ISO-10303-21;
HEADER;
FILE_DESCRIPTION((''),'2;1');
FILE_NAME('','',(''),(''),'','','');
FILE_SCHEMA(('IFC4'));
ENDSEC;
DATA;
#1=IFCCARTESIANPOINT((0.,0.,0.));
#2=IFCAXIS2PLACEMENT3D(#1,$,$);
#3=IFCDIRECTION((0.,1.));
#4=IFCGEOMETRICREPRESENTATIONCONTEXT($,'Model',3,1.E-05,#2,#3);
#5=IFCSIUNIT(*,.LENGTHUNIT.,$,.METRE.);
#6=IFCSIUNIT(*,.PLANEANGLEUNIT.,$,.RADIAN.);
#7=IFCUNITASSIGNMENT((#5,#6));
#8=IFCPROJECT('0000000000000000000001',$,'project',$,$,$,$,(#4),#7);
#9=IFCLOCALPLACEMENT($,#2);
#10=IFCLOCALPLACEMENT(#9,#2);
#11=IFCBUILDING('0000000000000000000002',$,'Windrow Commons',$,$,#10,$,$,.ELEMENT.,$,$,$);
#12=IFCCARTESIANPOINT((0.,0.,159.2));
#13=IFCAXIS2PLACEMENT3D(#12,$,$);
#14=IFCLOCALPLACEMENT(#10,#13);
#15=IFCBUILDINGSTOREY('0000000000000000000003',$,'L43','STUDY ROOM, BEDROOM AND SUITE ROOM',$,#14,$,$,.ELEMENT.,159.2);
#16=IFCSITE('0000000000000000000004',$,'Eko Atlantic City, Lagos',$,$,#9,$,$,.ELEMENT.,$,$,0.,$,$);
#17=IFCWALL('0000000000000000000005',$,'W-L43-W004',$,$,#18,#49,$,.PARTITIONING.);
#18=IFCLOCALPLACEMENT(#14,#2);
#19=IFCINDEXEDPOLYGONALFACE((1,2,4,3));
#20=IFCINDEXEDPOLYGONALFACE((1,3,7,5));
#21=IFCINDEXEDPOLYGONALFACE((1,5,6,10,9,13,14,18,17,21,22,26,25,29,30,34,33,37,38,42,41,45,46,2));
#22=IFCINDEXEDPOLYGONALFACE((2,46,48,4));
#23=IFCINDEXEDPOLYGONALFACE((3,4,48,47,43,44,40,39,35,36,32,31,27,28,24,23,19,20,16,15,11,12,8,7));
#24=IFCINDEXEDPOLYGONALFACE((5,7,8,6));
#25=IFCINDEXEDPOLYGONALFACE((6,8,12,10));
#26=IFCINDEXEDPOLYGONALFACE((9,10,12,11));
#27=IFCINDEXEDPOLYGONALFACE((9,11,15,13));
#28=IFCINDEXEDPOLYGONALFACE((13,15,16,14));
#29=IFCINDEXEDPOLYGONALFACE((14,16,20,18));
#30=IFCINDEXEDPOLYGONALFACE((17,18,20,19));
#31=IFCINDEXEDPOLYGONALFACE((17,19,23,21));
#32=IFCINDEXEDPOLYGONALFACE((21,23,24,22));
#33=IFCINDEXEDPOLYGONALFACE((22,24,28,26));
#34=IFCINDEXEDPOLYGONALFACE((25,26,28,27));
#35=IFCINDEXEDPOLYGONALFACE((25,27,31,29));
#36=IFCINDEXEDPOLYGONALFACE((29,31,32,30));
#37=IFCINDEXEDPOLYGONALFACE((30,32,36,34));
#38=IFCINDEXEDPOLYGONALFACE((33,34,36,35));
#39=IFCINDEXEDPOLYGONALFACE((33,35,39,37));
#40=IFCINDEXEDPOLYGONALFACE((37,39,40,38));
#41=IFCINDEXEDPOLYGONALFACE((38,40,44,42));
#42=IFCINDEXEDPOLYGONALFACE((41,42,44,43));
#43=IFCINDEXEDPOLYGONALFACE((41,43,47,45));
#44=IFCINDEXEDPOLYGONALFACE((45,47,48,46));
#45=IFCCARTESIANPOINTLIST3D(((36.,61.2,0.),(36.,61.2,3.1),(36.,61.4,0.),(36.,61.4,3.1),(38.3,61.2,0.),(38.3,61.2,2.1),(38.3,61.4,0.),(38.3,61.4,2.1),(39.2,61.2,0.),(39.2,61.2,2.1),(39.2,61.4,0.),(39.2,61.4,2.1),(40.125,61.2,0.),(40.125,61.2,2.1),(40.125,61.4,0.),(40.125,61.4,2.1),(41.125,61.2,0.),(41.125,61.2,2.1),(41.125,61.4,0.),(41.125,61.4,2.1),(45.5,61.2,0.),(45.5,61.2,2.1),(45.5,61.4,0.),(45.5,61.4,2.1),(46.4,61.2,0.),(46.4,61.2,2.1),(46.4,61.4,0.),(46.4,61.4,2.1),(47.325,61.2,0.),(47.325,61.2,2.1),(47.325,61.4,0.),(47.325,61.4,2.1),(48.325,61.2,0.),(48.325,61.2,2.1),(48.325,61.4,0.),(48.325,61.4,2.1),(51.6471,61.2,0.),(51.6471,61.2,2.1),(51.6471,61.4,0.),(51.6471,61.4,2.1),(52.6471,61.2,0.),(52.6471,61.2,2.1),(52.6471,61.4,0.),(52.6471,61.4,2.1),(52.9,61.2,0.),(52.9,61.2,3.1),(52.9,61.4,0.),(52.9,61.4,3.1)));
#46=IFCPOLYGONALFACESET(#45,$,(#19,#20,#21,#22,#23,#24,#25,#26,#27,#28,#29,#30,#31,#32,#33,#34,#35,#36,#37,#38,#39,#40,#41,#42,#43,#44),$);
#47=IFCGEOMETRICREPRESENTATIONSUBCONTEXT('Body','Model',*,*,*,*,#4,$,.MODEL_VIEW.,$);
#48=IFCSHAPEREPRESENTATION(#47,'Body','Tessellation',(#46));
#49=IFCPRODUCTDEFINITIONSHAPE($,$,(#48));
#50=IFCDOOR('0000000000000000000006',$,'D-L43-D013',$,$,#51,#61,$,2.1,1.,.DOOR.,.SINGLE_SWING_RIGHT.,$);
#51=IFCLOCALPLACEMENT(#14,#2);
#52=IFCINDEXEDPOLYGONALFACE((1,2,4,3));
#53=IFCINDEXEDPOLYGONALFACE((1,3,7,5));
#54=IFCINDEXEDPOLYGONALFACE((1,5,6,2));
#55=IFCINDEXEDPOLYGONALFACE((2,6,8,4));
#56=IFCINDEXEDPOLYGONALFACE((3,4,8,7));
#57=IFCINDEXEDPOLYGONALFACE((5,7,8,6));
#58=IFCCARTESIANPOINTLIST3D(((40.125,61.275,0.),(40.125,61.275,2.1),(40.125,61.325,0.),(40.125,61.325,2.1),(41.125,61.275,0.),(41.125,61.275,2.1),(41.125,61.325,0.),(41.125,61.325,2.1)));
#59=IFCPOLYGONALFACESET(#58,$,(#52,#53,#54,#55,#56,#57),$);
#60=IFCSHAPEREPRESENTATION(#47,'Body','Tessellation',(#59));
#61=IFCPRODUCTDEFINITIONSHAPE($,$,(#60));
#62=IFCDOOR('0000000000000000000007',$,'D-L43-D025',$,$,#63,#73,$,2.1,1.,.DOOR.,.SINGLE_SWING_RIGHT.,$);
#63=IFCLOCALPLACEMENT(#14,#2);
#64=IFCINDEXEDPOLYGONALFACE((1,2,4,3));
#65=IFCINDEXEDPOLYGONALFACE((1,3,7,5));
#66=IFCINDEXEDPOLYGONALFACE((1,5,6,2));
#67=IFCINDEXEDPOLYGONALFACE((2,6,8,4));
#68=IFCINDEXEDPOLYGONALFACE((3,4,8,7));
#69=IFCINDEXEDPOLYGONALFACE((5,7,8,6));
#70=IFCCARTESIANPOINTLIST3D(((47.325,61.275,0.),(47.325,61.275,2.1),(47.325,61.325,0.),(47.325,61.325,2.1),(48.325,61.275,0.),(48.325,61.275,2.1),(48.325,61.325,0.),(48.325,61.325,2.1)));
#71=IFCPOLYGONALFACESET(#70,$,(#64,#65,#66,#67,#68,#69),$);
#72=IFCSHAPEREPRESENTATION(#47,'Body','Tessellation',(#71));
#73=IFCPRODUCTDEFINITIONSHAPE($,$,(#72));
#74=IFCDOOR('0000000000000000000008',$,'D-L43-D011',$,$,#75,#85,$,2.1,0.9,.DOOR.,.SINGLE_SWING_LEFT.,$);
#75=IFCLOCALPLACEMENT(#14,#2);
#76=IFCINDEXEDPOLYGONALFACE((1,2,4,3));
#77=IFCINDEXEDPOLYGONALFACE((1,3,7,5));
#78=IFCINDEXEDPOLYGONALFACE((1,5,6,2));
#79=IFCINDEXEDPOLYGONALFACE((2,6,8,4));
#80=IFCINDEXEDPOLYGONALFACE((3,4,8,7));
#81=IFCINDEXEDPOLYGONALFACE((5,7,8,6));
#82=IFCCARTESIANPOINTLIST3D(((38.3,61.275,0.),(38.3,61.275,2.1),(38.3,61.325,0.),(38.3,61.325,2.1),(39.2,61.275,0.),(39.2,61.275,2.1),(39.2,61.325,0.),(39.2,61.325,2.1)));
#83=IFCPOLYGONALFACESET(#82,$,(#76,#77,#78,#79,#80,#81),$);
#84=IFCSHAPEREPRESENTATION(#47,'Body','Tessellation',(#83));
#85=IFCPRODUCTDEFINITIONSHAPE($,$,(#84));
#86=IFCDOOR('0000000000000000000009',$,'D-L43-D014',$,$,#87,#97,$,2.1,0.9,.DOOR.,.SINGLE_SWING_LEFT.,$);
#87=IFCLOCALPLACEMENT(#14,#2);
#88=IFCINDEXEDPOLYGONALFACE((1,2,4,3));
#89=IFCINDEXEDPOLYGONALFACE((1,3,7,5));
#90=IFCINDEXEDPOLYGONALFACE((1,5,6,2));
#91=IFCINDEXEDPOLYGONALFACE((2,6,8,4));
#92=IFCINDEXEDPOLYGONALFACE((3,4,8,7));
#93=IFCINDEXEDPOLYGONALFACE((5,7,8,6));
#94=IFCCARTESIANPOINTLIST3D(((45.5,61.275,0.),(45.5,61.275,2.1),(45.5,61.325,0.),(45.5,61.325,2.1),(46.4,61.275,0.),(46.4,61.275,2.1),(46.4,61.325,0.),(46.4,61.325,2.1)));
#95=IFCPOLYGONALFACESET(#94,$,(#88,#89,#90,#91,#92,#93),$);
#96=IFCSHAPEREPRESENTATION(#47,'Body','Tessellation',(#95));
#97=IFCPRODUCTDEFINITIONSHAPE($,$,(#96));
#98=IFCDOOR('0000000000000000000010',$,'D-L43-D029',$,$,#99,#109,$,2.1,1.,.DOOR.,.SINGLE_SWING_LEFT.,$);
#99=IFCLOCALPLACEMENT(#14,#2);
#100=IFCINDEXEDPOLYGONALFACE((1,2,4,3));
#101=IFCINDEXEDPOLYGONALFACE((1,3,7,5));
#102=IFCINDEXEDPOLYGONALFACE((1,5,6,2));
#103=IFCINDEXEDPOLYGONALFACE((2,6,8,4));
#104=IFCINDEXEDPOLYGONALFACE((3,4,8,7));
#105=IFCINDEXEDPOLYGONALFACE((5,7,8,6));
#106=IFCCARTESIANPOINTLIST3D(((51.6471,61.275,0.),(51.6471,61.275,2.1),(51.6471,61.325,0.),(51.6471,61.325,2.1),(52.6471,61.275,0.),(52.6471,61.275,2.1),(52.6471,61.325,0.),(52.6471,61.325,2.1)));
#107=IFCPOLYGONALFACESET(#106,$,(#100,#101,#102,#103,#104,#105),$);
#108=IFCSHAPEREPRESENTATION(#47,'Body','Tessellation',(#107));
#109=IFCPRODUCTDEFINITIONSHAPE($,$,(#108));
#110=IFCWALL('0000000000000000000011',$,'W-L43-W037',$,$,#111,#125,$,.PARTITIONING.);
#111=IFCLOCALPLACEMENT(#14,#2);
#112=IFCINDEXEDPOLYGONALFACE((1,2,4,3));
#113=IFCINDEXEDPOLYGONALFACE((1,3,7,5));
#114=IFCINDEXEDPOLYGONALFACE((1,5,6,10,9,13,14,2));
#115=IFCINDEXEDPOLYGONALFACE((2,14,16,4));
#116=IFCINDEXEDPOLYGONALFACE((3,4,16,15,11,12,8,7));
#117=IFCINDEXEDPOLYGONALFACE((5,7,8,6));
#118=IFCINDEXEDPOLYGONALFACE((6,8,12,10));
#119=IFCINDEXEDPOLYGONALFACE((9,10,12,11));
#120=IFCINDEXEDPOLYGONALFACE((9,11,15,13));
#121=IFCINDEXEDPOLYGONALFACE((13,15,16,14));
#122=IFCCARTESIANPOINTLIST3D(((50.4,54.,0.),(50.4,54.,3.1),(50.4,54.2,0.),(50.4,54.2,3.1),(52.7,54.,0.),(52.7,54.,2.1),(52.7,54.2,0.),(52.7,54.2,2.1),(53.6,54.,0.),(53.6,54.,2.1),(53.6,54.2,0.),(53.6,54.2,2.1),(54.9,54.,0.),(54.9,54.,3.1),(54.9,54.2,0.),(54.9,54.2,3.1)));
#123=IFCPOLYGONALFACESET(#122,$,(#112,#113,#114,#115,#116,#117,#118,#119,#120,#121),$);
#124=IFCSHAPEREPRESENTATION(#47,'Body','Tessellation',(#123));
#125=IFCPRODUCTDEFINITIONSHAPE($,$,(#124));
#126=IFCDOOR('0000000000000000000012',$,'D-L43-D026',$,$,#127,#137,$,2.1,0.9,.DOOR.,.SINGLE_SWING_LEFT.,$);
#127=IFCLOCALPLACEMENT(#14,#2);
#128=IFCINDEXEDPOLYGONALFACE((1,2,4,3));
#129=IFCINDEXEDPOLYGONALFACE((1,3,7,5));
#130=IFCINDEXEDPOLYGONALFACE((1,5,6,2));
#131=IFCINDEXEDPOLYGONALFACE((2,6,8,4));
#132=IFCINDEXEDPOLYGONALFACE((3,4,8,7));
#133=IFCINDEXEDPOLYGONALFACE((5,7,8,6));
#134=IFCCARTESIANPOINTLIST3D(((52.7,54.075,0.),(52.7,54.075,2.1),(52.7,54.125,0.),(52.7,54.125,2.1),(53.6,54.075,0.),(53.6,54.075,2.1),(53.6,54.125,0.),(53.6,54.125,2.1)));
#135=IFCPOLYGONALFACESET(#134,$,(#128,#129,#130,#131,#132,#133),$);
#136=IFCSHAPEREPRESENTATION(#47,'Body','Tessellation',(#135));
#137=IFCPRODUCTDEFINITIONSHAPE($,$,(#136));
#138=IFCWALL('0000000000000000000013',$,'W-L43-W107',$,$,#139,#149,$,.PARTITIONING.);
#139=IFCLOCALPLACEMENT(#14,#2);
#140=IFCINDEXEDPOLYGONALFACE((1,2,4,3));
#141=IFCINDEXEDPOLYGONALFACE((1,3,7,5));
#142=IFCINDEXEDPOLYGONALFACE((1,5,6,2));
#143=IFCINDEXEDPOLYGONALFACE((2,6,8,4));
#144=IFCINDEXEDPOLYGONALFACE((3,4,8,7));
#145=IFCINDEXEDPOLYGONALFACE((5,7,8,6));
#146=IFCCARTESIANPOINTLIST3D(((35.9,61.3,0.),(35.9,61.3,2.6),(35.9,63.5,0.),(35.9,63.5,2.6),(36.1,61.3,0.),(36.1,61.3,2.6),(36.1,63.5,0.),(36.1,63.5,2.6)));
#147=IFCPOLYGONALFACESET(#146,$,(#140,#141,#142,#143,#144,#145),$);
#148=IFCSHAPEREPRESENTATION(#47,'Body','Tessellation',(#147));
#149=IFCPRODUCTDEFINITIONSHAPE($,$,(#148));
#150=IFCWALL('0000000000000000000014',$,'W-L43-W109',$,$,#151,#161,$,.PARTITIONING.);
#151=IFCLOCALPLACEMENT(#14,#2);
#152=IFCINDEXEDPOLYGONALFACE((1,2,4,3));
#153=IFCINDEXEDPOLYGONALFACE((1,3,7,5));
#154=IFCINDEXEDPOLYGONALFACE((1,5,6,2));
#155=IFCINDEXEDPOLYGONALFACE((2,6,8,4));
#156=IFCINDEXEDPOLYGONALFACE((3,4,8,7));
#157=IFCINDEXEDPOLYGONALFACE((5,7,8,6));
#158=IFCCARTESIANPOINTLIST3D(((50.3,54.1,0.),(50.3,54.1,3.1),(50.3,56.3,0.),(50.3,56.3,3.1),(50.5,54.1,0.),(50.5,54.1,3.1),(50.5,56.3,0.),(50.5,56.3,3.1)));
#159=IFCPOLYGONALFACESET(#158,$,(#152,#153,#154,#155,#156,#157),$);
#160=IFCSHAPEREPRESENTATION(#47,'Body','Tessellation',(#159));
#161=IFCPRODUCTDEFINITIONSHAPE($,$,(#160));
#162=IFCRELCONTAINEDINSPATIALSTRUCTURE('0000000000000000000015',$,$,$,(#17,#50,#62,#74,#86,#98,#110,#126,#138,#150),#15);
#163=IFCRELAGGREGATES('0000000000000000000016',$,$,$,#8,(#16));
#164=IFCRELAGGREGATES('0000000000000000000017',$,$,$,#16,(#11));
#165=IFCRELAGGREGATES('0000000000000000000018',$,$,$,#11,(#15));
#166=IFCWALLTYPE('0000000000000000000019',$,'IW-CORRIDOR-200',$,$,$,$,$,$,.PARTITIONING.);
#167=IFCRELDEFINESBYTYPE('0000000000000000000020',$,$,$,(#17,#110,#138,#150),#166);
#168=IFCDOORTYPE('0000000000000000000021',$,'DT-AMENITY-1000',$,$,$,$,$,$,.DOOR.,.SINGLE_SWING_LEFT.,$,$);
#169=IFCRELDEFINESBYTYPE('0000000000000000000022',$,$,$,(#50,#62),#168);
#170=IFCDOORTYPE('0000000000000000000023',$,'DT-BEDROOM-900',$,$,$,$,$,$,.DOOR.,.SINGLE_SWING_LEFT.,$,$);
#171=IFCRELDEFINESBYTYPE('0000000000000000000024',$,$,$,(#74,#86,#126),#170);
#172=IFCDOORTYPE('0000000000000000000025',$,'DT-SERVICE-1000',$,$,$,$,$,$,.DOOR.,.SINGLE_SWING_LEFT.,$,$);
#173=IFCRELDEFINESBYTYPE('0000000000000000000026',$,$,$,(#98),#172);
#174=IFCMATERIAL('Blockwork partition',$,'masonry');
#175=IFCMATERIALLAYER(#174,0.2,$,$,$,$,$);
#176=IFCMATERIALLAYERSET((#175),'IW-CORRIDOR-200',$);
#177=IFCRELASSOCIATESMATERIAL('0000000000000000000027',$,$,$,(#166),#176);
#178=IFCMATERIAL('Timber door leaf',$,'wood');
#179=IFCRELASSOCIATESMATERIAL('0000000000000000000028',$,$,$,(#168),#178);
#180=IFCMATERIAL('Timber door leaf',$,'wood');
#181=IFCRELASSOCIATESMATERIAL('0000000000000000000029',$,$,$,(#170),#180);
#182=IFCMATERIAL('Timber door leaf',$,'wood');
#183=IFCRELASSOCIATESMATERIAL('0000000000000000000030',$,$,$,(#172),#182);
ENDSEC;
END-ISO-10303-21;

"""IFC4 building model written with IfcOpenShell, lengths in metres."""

from ifc_helpers import new_model, si_unit, direction, frame, frame_2d, origin, place, context, subcontext, project, spatial, rectangle, extrude, material, layer, layer_set, type_object, element, fill, save


model = new_model("IFC4")

# Units and contexts
model_context = context("Model", 3, precision=1e-05, world=origin(), true_north=direction((0.0, 1.0)))
body_context = subcontext(model_context, "Body", "Model", "MODEL_VIEW")
ifc_project = project(units=[si_unit("LENGTHUNIT", "METRE"), si_unit("PLANEANGLEUNIT", "RADIAN")], contexts=[model_context])

# Site, building, storey
site_placement = place(None, origin())
site = spatial("IfcSite", under=ifc_project, at=site_placement, Name="Eko Atlantic City, Lagos", CompositionType="ELEMENT", RefElevation=0.0)
building_placement = place(site_placement, origin())
building = spatial("IfcBuilding", under=site, at=building_placement, Name="Windrow Commons", CompositionType="ELEMENT")
storey_placement = place(building_placement, frame((0.0, 0.0, 159.2)))
storey = spatial("IfcBuildingStorey", under=building, at=storey_placement, Name="L43", Description="STUDY ROOM, BEDROOM AND SUITE ROOM", CompositionType="ELEMENT", Elevation=159.2)

# Wall, openings, doors
ifc_material_1 = material(Name="Blockwork partition", Category="masonry")
ifc_layer_1 = layer(ifc_material_1, 0.2)
ifc_layer_set_1 = layer_set([ifc_layer_1], Name="IW-CORRIDOR-200")
wall_type_1 = type_object("IfcWallType", Name="IW-CORRIDOR-200", PredefinedType="PARTITIONING", material=ifc_layer_set_1)
wall_1_placement = place(storey_placement, frame((36.0, 61.3, 0.0), z_axis=(0.0, 0.0, 1.0), x_axis=(1.0, 0.0, 0.0)))
wall_1 = element("IfcWall", 1, at=wall_1_placement, inside=storey, type_object=wall_type_1, Name="W-L43-W004", PredefinedType="PARTITIONING", context=body_context, shape_type="SweptSolid", body=[
    extrude(rectangle(XDim=16.9, YDim=0.2, at=frame_2d((8.45, 0.0))), origin(), (0.0, 0.0, 1.0), 3.1),
])
opening_1_placement = place(wall_1_placement, frame((2.3, 0.0, 0.0)))
opening_1 = element("IfcOpeningElement", 2, at=opening_1_placement, cuts=wall_1, PredefinedType="OPENING", context=body_context, shape_type="SweptSolid", body=[
    extrude(rectangle(XDim=0.9, YDim=2.1, at=frame_2d((0.45, 1.05))), frame((0.0, 0.11, 0.0), z_axis=(0.0, -1.0, 0.0), x_axis=(1.0, 0.0, 0.0)), (0.0, 0.0, 1.0), 0.22),
])
opening_2_placement = place(wall_1_placement, frame((4.125, 0.0, 0.0)))
opening_2 = element("IfcOpeningElement", 3, at=opening_2_placement, cuts=wall_1, PredefinedType="OPENING", context=body_context, shape_type="SweptSolid", body=[
    extrude(rectangle(XDim=1.0, YDim=2.1, at=frame_2d((0.5, 1.05))), frame((0.0, 0.11, 0.0), z_axis=(0.0, -1.0, 0.0), x_axis=(1.0, 0.0, 0.0)), (0.0, 0.0, 1.0), 0.22),
])
opening_3_placement = place(wall_1_placement, frame((9.5, 0.0, 0.0)))
opening_3 = element("IfcOpeningElement", 4, at=opening_3_placement, cuts=wall_1, PredefinedType="OPENING", context=body_context, shape_type="SweptSolid", body=[
    extrude(rectangle(XDim=0.9, YDim=2.1, at=frame_2d((0.45, 1.05))), frame((0.0, 0.11, 0.0), z_axis=(0.0, -1.0, 0.0), x_axis=(1.0, 0.0, 0.0)), (0.0, 0.0, 1.0), 0.22),
])
opening_4_placement = place(wall_1_placement, frame((11.325, 0.0, 0.0)))
opening_4 = element("IfcOpeningElement", 5, at=opening_4_placement, cuts=wall_1, PredefinedType="OPENING", context=body_context, shape_type="SweptSolid", body=[
    extrude(rectangle(XDim=1.0, YDim=2.1, at=frame_2d((0.5, 1.05))), frame((0.0, 0.11, 0.0), z_axis=(0.0, -1.0, 0.0), x_axis=(1.0, 0.0, 0.0)), (0.0, 0.0, 1.0), 0.22),
])
opening_5_placement = place(wall_1_placement, frame((15.6471, 0.0, 0.0)))
opening_5 = element("IfcOpeningElement", 6, at=opening_5_placement, cuts=wall_1, PredefinedType="OPENING", context=body_context, shape_type="SweptSolid", body=[
    extrude(rectangle(XDim=1.0, YDim=2.1, at=frame_2d((0.5, 1.05))), frame((0.0, 0.11, 0.0), z_axis=(0.0, -1.0, 0.0), x_axis=(1.0, 0.0, 0.0)), (0.0, 0.0, 1.0), 0.22),
])
ifc_material_2 = material(Name="Timber door leaf", Category="wood")
door_type_1 = type_object("IfcDoorType", Name="DT-AMENITY-1000", OperationType="SINGLE_SWING_LEFT", PredefinedType="DOOR", material=ifc_material_2)
door_1_placement = place(opening_2_placement, origin())
door_1 = element("IfcDoor", 7, at=door_1_placement, inside=storey, type_object=door_type_1, Name="D-L43-D013", OperationType="SINGLE_SWING_RIGHT", OverallHeight=2.1, OverallWidth=1.0, PredefinedType="DOOR", context=body_context, shape_type="SweptSolid", body=[
    extrude(rectangle(XDim=1.0, YDim=2.1, at=frame_2d((0.5, 1.05))), frame((0.0, 0.025, 0.0), z_axis=(0.0, -1.0, 0.0), x_axis=(1.0, 0.0, 0.0)), (0.0, 0.0, 1.0), 0.05),
])
fill(opening_2, door_1)
door_2_placement = place(opening_4_placement, origin())
door_2 = element("IfcDoor", 8, at=door_2_placement, inside=storey, type_object=door_type_1, Name="D-L43-D025", OperationType="SINGLE_SWING_RIGHT", OverallHeight=2.1, OverallWidth=1.0, PredefinedType="DOOR", context=body_context, shape_type="SweptSolid", body=[
    extrude(rectangle(XDim=1.0, YDim=2.1, at=frame_2d((0.5, 1.05))), frame((0.0, 0.025, 0.0), z_axis=(0.0, -1.0, 0.0), x_axis=(1.0, 0.0, 0.0)), (0.0, 0.0, 1.0), 0.05),
])
fill(opening_4, door_2)
ifc_material_3 = material(Name="Timber door leaf", Category="wood")
door_type_2 = type_object("IfcDoorType", Name="DT-BEDROOM-900", OperationType="SINGLE_SWING_LEFT", PredefinedType="DOOR", material=ifc_material_3)
door_3_placement = place(opening_1_placement, origin())
door_3 = element("IfcDoor", 9, at=door_3_placement, inside=storey, type_object=door_type_2, Name="D-L43-D011", OperationType="SINGLE_SWING_LEFT", OverallHeight=2.1, OverallWidth=0.9, PredefinedType="DOOR", context=body_context, shape_type="SweptSolid", body=[
    extrude(rectangle(XDim=0.9, YDim=2.1, at=frame_2d((0.45, 1.05))), frame((0.0, 0.025, 0.0), z_axis=(0.0, -1.0, 0.0), x_axis=(1.0, 0.0, 0.0)), (0.0, 0.0, 1.0), 0.05),
])
fill(opening_1, door_3)
door_4_placement = place(opening_3_placement, origin())
door_4 = element("IfcDoor", 10, at=door_4_placement, inside=storey, type_object=door_type_2, Name="D-L43-D014", OperationType="SINGLE_SWING_LEFT", OverallHeight=2.1, OverallWidth=0.9, PredefinedType="DOOR", context=body_context, shape_type="SweptSolid", body=[
    extrude(rectangle(XDim=0.9, YDim=2.1, at=frame_2d((0.45, 1.05))), frame((0.0, 0.025, 0.0), z_axis=(0.0, -1.0, 0.0), x_axis=(1.0, 0.0, 0.0)), (0.0, 0.0, 1.0), 0.05),
])
fill(opening_3, door_4)
ifc_material_4 = material(Name="Timber door leaf", Category="wood")
door_type_3 = type_object("IfcDoorType", Name="DT-SERVICE-1000", OperationType="SINGLE_SWING_LEFT", PredefinedType="DOOR", material=ifc_material_4)
door_5_placement = place(opening_5_placement, origin())
door_5 = element("IfcDoor", 11, at=door_5_placement, inside=storey, type_object=door_type_3, Name="D-L43-D029", OperationType="SINGLE_SWING_LEFT", OverallHeight=2.1, OverallWidth=1.0, PredefinedType="DOOR", context=body_context, shape_type="SweptSolid", body=[
    extrude(rectangle(XDim=1.0, YDim=2.1, at=frame_2d((0.5, 1.05))), frame((0.0, 0.025, 0.0), z_axis=(0.0, -1.0, 0.0), x_axis=(1.0, 0.0, 0.0)), (0.0, 0.0, 1.0), 0.05),
])
fill(opening_5, door_5)

# Wall, opening, door
wall_2_placement = place(storey_placement, frame((50.4, 54.1, 0.0), z_axis=(0.0, 0.0, 1.0), x_axis=(1.0, 0.0, 0.0)))
wall_2 = element("IfcWall", 12, at=wall_2_placement, inside=storey, type_object=wall_type_1, Name="W-L43-W037", PredefinedType="PARTITIONING", context=body_context, shape_type="SweptSolid", body=[
    extrude(rectangle(XDim=4.5, YDim=0.2, at=frame_2d((2.25, 0.0))), origin(), (0.0, 0.0, 1.0), 3.1),
])
opening_6_placement = place(wall_2_placement, frame((2.3, 0.0, 0.0)))
opening_6 = element("IfcOpeningElement", 13, at=opening_6_placement, cuts=wall_2, PredefinedType="OPENING", context=body_context, shape_type="SweptSolid", body=[
    extrude(rectangle(XDim=0.9, YDim=2.1, at=frame_2d((0.45, 1.05))), frame((0.0, 0.11, 0.0), z_axis=(0.0, -1.0, 0.0), x_axis=(1.0, 0.0, 0.0)), (0.0, 0.0, 1.0), 0.22),
])
door_6_placement = place(opening_6_placement, origin())
door_6 = element("IfcDoor", 14, at=door_6_placement, inside=storey, type_object=door_type_2, Name="D-L43-D026", OperationType="SINGLE_SWING_LEFT", OverallHeight=2.1, OverallWidth=0.9, PredefinedType="DOOR", context=body_context, shape_type="SweptSolid", body=[
    extrude(rectangle(XDim=0.9, YDim=2.1, at=frame_2d((0.45, 1.05))), frame((0.0, 0.025, 0.0), z_axis=(0.0, -1.0, 0.0), x_axis=(1.0, 0.0, 0.0)), (0.0, 0.0, 1.0), 0.05),
])
fill(opening_6, door_6)

# Walls
wall_3_placement = place(storey_placement, frame((36.0, 61.3, 0.0), z_axis=(0.0, 0.0, 1.0), x_axis=(0.0, 1.0, 0.0)))
element("IfcWall", 15, at=wall_3_placement, inside=storey, type_object=wall_type_1, Name="W-L43-W107", PredefinedType="PARTITIONING", context=body_context, shape_type="SweptSolid", body=[
    extrude(rectangle(XDim=2.2, YDim=0.2, at=frame_2d((1.1, 0.0))), origin(), (0.0, 0.0, 1.0), 2.6),
])
wall_4_placement = place(storey_placement, frame((50.4, 54.1, 0.0), z_axis=(0.0, 0.0, 1.0), x_axis=(0.0, 1.0, 0.0)))
element("IfcWall", 16, at=wall_4_placement, inside=storey, type_object=wall_type_1, Name="W-L43-W109", PredefinedType="PARTITIONING", context=body_context, shape_type="SweptSolid", body=[
    extrude(rectangle(XDim=2.2, YDim=0.2, at=frame_2d((1.1, 0.0))), origin(), (0.0, 0.0, 1.0), 3.1),
])

save(model, "model.ifc")
